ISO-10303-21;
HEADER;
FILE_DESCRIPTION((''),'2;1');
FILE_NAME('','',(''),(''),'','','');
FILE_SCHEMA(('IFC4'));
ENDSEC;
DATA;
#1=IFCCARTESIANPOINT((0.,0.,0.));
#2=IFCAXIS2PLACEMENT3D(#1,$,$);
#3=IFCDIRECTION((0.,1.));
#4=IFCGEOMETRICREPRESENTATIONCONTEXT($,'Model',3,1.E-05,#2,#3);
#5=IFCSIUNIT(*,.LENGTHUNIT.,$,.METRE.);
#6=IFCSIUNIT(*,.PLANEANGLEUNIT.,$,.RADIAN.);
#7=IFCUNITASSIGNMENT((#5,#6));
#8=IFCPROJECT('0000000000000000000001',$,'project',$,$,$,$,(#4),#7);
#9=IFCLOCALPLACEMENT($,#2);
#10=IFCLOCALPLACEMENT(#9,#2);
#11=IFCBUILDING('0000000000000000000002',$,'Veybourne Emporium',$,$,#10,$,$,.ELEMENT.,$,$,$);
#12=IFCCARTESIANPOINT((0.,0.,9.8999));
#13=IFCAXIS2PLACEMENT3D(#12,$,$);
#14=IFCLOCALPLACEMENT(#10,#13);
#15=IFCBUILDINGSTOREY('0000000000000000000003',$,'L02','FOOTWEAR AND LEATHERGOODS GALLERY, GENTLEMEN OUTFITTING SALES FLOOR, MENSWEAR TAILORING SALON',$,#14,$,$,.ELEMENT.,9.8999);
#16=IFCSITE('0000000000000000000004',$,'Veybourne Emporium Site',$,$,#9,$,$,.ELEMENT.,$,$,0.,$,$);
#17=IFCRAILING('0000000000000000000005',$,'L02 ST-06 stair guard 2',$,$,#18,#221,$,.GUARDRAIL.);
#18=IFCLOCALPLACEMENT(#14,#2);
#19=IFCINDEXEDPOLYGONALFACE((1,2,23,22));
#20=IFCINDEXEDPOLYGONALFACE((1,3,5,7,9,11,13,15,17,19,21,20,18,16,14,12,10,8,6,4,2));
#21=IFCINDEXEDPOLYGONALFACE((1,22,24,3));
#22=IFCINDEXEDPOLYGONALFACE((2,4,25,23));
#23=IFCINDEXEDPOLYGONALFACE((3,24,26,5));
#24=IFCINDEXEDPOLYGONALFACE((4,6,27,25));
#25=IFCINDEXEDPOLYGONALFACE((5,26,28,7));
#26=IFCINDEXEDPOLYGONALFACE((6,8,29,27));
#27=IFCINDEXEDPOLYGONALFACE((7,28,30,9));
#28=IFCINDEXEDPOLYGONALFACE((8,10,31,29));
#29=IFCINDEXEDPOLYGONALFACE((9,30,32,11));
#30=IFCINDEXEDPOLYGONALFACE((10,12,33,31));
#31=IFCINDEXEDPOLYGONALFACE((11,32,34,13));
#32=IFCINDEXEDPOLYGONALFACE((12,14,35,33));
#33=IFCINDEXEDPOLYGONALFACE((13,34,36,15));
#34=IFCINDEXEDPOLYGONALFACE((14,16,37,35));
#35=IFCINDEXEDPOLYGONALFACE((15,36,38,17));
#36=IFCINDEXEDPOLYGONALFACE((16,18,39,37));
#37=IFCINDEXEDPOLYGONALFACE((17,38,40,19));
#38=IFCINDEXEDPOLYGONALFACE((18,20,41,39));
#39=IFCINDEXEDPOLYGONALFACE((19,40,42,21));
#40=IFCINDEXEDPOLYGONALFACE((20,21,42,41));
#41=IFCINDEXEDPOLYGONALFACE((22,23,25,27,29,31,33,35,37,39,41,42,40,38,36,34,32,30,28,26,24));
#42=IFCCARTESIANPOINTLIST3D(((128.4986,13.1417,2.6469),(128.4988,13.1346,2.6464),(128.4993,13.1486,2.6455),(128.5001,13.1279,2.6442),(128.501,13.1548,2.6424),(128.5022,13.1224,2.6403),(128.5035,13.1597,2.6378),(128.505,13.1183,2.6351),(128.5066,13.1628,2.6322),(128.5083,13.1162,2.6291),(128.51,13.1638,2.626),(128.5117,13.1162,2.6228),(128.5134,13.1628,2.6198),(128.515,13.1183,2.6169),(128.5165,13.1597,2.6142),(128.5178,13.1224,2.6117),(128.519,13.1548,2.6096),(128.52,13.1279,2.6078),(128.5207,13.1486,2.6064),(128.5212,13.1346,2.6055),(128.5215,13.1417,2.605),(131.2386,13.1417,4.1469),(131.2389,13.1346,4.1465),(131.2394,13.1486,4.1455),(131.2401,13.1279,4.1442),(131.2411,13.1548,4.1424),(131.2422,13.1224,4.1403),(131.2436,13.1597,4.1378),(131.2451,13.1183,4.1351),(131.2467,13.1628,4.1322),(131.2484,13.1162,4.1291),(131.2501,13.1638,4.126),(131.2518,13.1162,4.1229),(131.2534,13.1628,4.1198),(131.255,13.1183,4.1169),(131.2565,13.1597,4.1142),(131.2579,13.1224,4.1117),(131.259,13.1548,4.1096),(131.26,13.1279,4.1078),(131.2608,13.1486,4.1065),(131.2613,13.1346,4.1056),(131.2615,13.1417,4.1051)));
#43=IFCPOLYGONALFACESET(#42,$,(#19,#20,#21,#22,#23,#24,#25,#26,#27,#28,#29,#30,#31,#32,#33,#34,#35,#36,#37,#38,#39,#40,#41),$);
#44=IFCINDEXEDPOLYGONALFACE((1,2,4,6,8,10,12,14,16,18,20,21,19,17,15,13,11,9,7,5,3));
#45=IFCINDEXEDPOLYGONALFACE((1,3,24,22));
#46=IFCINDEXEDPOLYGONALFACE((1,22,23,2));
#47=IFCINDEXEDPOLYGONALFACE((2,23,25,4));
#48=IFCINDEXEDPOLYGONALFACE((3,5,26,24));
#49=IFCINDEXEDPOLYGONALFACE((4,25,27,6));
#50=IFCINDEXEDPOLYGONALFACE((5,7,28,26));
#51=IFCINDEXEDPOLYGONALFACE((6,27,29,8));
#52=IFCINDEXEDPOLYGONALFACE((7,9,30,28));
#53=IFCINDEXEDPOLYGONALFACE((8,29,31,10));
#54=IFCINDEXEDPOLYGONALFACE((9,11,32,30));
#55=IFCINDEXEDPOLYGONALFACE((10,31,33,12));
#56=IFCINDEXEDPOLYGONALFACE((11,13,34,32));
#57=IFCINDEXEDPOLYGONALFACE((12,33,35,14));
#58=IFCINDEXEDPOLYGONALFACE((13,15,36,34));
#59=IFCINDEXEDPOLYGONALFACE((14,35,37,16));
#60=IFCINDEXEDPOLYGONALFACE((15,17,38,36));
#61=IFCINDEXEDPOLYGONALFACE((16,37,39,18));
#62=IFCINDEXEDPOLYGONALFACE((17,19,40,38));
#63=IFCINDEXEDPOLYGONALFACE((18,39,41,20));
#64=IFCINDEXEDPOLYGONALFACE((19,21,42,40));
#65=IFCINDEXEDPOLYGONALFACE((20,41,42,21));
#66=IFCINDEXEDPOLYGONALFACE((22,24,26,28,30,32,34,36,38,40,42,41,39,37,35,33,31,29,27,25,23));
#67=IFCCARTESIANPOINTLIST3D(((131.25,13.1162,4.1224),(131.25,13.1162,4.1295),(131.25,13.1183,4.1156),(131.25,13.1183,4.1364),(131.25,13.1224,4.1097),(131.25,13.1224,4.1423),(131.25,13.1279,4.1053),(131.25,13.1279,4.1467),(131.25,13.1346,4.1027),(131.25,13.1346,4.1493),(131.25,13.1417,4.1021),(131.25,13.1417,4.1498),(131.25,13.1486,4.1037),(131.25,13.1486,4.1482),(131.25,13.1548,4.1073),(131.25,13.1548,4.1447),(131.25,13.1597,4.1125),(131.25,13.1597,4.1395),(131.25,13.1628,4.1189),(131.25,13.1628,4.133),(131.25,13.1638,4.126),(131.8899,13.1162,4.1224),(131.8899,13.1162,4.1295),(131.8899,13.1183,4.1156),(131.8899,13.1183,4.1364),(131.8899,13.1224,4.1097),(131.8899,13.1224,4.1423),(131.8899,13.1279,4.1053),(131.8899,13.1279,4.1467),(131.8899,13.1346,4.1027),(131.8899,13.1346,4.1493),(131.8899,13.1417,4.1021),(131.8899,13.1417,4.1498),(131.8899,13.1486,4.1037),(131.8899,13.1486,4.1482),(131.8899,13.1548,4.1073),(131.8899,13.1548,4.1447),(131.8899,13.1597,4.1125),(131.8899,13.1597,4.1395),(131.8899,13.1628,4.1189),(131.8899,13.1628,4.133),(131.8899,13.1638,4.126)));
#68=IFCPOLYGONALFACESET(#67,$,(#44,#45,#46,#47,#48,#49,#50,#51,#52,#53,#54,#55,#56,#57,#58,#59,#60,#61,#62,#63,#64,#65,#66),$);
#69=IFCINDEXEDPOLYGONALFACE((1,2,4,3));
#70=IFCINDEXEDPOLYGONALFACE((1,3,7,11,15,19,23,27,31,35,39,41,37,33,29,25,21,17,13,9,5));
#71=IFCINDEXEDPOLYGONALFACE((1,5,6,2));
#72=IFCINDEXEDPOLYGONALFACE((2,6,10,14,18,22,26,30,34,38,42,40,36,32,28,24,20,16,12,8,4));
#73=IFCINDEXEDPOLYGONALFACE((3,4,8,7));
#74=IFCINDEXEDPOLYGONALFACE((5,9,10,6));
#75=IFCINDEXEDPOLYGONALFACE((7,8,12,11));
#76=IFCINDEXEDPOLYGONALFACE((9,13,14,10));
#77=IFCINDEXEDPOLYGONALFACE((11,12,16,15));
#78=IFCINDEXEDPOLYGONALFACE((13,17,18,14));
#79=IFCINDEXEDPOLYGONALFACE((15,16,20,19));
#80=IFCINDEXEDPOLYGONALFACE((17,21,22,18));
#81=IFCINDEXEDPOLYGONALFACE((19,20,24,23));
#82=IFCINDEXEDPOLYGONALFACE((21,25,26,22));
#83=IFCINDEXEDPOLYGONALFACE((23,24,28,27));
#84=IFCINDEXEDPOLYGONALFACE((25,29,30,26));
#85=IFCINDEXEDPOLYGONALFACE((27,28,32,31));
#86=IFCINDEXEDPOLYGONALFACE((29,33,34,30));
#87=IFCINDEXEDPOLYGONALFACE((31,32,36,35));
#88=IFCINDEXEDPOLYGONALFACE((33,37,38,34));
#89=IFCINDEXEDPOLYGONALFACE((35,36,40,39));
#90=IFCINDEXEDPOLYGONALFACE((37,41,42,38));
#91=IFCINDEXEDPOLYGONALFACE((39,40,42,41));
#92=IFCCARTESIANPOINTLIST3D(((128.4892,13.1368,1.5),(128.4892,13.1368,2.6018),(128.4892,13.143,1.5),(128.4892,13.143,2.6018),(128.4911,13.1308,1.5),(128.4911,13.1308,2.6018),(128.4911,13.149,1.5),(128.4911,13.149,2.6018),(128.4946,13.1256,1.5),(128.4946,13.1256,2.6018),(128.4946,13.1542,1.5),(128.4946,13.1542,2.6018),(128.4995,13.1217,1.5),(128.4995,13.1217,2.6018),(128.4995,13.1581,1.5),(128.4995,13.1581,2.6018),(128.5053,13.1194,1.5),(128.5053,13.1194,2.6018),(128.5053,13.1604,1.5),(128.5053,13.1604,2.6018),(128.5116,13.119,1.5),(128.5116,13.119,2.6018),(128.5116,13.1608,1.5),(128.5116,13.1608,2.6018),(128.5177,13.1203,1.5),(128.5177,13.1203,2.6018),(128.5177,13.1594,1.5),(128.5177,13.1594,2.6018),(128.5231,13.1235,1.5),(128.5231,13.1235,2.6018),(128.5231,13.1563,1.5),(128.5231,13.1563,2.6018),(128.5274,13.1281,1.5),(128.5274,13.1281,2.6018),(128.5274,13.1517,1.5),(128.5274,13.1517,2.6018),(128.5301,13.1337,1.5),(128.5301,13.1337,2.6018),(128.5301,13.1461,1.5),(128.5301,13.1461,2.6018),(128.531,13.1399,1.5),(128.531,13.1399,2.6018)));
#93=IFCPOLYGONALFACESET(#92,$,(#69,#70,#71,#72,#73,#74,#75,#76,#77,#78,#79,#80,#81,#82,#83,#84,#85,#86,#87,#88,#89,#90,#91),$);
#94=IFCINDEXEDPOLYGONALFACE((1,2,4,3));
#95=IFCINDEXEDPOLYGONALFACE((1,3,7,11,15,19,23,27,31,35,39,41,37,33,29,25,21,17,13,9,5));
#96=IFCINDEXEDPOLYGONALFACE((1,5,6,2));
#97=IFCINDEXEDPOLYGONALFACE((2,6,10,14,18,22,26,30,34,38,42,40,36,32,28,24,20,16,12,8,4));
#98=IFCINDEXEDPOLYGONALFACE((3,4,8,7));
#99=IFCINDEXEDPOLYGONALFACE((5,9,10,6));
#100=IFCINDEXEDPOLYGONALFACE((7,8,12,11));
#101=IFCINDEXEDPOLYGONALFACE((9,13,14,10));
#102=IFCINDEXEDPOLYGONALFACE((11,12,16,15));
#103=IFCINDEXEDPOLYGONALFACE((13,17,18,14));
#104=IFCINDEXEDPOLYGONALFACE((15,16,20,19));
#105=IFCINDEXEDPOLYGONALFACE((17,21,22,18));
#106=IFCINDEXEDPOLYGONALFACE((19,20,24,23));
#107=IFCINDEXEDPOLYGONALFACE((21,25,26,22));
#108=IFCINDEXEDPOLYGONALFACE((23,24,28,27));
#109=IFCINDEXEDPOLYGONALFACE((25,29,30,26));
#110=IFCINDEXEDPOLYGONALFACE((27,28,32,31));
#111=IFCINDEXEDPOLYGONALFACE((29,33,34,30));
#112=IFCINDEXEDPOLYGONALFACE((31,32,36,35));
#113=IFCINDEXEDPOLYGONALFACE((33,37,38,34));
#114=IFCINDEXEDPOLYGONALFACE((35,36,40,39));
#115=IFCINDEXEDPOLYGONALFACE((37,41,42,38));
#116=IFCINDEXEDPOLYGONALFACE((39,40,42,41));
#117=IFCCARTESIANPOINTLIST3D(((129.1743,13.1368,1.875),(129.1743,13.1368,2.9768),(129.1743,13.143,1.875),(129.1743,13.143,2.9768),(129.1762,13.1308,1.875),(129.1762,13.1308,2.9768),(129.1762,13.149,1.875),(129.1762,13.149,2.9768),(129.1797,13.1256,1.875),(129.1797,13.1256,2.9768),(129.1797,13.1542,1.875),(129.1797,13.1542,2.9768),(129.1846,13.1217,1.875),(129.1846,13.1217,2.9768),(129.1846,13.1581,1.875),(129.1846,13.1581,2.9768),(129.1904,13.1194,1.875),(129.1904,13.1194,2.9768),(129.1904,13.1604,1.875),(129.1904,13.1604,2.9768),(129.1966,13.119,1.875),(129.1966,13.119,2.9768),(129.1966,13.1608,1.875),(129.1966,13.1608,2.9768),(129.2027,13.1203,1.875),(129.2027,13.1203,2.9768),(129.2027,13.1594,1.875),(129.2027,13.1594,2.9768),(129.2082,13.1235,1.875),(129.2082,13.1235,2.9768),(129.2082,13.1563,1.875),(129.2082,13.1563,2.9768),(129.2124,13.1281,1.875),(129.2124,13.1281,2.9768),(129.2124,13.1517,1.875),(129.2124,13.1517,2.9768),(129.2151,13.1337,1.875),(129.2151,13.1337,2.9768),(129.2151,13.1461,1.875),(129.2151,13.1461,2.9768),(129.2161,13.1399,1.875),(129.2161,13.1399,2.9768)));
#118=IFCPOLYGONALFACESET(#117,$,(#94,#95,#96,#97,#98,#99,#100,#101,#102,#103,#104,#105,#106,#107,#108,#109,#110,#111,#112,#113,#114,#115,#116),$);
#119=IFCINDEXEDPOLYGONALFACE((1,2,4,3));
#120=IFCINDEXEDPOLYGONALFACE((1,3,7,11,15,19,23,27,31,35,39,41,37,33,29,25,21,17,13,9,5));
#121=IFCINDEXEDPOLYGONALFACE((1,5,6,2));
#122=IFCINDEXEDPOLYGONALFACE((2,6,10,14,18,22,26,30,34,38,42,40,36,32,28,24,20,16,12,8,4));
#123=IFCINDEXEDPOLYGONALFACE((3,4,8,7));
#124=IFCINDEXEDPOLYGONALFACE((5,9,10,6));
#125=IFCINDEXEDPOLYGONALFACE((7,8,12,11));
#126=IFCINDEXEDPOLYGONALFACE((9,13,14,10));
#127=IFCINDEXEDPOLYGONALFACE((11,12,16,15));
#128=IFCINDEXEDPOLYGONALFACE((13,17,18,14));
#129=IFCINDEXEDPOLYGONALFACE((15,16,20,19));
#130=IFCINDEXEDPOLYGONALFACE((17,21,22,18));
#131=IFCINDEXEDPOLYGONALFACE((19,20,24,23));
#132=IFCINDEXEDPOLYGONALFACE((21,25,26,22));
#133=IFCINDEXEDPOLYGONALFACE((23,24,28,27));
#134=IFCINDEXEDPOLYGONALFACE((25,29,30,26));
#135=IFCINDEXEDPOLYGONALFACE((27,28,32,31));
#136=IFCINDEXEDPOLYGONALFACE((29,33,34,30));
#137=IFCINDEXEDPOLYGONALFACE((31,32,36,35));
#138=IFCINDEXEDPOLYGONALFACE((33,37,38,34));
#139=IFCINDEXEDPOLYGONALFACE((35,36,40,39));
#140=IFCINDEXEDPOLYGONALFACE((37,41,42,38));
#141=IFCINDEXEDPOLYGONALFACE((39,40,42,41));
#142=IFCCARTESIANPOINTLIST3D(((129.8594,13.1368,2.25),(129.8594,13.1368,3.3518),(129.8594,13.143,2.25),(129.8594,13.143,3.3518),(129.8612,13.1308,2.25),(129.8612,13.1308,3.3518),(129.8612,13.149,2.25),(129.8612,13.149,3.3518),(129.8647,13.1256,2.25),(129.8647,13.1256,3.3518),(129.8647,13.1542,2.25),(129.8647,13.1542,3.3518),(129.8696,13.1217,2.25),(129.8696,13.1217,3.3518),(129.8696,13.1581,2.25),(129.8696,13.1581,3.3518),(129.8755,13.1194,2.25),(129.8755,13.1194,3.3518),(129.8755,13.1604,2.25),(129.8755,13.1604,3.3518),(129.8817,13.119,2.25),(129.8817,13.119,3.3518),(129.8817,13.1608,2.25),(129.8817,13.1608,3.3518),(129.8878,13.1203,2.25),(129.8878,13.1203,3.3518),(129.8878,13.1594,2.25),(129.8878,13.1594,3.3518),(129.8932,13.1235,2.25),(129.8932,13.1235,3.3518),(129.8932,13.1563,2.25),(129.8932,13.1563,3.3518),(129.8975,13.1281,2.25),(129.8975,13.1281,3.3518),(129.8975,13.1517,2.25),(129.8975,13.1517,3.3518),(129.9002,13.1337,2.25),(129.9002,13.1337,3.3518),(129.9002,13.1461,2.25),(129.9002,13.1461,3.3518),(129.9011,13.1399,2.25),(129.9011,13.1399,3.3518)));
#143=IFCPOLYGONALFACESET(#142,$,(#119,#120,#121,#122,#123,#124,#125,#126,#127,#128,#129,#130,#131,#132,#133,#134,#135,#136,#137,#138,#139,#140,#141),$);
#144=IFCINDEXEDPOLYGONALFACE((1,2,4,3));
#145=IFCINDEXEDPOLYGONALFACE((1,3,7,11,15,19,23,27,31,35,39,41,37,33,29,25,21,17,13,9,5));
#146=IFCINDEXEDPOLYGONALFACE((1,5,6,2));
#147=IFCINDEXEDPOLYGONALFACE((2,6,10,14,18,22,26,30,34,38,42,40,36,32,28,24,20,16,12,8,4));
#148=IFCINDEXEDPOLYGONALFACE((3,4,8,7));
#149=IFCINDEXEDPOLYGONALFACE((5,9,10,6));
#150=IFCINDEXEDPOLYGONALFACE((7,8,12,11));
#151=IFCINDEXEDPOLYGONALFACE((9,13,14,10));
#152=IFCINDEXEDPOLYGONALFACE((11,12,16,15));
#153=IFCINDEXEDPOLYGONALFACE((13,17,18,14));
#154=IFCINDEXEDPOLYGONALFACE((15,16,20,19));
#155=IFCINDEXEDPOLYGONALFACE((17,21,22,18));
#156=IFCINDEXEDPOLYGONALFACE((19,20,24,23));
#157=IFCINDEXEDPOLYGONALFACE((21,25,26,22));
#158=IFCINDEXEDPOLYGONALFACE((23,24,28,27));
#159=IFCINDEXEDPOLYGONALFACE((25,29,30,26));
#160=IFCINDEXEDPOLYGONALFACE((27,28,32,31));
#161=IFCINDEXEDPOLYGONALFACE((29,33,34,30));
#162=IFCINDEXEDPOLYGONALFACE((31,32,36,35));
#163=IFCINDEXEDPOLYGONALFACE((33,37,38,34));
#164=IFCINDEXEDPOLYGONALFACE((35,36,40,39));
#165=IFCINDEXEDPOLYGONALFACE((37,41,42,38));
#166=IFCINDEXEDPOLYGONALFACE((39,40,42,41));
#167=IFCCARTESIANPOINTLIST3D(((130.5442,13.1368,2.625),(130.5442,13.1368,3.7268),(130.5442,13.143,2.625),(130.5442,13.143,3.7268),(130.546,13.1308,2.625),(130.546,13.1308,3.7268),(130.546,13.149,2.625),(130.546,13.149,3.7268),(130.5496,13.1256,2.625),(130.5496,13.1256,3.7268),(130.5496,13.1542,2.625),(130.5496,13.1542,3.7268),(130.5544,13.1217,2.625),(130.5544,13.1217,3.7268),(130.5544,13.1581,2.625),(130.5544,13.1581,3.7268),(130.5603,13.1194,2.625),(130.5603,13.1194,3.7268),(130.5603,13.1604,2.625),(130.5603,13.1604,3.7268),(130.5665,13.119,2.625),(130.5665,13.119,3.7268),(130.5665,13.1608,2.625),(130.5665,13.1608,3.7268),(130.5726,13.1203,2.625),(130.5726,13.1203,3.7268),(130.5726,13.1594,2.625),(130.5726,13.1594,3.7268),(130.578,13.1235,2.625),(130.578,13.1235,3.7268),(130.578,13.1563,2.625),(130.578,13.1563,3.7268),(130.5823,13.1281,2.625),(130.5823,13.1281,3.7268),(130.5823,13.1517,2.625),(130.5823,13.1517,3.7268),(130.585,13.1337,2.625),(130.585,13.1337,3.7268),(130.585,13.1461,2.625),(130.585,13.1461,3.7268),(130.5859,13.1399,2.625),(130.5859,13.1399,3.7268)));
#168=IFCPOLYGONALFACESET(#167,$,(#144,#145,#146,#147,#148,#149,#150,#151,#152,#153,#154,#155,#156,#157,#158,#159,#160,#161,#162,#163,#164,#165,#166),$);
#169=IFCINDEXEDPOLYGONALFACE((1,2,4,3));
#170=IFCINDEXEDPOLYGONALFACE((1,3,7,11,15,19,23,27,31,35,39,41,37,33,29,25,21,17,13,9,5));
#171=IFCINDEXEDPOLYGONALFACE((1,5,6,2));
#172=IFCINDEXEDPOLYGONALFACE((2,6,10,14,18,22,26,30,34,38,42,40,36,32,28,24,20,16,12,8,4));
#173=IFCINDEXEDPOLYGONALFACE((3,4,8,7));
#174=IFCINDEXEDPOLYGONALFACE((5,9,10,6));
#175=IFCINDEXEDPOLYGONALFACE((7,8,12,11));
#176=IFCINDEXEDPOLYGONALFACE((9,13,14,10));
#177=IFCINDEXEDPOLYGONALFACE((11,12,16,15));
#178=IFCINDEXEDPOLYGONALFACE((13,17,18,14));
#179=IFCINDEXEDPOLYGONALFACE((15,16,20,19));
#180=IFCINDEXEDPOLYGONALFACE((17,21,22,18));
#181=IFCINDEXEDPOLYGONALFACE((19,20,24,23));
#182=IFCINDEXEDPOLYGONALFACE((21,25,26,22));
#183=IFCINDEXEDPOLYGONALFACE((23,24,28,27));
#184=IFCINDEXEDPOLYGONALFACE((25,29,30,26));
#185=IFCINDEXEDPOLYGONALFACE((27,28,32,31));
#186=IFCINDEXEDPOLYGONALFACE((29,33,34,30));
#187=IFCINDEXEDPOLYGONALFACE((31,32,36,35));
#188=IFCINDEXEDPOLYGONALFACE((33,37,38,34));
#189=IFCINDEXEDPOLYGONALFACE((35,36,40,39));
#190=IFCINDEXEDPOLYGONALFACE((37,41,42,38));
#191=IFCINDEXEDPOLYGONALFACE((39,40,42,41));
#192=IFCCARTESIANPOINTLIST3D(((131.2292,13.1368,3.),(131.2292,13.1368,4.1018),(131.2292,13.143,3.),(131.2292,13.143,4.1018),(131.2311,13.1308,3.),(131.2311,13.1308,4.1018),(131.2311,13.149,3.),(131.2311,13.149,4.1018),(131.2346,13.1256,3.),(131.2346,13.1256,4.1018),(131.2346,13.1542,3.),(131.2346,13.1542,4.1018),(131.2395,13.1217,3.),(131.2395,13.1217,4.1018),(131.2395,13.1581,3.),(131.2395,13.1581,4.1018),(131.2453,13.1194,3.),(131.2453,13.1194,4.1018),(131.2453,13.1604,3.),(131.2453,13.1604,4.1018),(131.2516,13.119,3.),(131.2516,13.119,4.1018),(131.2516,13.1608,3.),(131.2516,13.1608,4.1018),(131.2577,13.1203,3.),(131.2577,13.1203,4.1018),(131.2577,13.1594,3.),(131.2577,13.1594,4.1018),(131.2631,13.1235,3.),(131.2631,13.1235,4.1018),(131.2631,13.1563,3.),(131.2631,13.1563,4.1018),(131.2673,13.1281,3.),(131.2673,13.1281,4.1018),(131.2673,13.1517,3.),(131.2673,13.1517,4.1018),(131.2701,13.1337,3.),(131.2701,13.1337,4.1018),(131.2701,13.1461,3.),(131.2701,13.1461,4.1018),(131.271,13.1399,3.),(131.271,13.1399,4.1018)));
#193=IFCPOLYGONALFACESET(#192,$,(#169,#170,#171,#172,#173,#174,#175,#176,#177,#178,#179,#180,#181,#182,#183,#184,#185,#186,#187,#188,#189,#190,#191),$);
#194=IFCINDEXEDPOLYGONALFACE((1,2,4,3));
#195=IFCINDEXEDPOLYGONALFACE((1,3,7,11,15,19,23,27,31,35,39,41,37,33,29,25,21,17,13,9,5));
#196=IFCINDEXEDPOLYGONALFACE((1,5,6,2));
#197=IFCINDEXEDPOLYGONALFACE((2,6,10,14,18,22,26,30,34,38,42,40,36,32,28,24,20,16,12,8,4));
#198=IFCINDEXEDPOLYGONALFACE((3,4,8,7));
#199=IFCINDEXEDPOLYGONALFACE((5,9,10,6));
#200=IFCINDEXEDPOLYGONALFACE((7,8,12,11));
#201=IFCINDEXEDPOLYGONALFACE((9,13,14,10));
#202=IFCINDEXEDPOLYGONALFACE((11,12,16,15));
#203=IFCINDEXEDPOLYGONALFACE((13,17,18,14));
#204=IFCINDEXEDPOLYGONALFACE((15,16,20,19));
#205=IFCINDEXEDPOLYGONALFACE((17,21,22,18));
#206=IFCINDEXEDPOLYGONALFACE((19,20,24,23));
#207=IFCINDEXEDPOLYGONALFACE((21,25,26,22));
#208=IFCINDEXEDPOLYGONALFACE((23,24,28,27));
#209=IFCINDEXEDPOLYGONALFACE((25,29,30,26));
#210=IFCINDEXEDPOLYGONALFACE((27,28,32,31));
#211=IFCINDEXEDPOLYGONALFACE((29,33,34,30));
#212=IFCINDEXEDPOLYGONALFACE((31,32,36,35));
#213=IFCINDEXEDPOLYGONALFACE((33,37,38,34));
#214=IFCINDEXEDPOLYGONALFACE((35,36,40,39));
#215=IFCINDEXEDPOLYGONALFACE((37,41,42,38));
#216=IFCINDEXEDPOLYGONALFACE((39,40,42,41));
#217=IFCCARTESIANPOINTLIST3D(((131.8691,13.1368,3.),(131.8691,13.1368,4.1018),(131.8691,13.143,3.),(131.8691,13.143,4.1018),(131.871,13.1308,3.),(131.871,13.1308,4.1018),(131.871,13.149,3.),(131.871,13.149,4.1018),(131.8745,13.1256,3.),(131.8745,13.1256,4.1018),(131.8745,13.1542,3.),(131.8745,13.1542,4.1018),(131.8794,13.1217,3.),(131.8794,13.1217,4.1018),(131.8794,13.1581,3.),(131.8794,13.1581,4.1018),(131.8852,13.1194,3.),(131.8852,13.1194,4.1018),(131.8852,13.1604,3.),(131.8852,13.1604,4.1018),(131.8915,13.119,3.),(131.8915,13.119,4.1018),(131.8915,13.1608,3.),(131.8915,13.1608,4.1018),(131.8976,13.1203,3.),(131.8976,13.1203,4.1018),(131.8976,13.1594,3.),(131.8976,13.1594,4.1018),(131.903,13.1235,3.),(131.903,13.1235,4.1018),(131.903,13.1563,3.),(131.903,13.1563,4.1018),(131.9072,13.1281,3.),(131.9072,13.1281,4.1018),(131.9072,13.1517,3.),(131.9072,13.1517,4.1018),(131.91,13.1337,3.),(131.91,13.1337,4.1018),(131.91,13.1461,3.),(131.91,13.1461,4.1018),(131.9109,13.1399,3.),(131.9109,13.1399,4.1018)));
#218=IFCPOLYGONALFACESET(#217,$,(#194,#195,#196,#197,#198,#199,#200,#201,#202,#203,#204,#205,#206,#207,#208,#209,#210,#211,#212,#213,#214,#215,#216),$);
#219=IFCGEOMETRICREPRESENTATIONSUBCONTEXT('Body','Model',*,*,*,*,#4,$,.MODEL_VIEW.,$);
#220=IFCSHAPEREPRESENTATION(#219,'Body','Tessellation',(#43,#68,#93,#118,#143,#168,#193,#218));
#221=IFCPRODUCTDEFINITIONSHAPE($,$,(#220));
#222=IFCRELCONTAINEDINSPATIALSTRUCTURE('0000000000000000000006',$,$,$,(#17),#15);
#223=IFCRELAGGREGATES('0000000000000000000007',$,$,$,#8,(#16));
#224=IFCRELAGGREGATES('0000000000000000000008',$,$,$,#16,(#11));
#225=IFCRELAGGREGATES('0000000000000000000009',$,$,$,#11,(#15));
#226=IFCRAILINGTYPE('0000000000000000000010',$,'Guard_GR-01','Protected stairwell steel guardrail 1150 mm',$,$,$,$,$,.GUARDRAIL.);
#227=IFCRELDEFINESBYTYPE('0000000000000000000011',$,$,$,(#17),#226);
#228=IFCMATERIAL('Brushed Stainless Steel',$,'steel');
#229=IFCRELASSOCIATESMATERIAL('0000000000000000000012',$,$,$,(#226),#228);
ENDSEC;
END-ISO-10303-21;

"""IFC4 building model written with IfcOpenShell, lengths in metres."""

from ifc_helpers import new_model, si_unit, direction, frame, origin, origin_2d, place, context, subcontext, project, spatial, circle, extrude, material, type_object, element, save


model = new_model("IFC4")

# Units and contexts
model_context = context("Model", 3, precision=1e-05, world=origin(), true_north=direction((0.0, 1.0)))
body_context = subcontext(model_context, "Body", "Model", "MODEL_VIEW")
ifc_project = project(units=[si_unit("LENGTHUNIT", "METRE"), si_unit("PLANEANGLEUNIT", "RADIAN")], contexts=[model_context])

# Site, building, storey
site_placement = place(None, origin())
site = spatial("IfcSite", under=ifc_project, at=site_placement, Name="Veybourne Emporium Site", CompositionType="ELEMENT", RefElevation=0.0)
building_placement = place(site_placement, origin())
building = spatial("IfcBuilding", under=site, at=building_placement, Name="Veybourne Emporium", CompositionType="ELEMENT")
storey_placement = place(building_placement, frame((0.0, 0.0, 9.8999)))
storey = spatial("IfcBuildingStorey", under=building, at=storey_placement, Name="L02", Description="FOOTWEAR AND LEATHERGOODS GALLERY, GENTLEMEN OUTFITTING SALES FLOOR, MENSWEAR TAILORING SALON", CompositionType="ELEMENT", Elevation=9.8999)

# Railing
ifc_material_1 = material(Name="Brushed Stainless Steel", Category="steel")
railing_type_1 = type_object("IfcRailingType", Name="Guard_GR-01", Description="Protected stairwell steel guardrail 1150 mm", PredefinedType="GUARDRAIL", material=ifc_material_1)
railing_1_placement = place(storey_placement, frame((128.51, 13.1399, 1.5)))
element("IfcRailing", 1, at=railing_1_placement, inside=storey, type_object=railing_type_1, Name="L02 ST-06 stair guard 2", PredefinedType="GUARDRAIL", context=body_context, shape_type="SweptSolid", body=[
    extrude(circle(Radius=0.0239, at=origin_2d()), frame((0.0, 0.0, 1.126), z_axis=(0.87716, 0.0, 0.480199), x_axis=(0.0, 1.0, 0.0)), (0.0, 0.0, 1.0), 3.1238),
    extrude(circle(Radius=0.0239, at=origin_2d()), frame((2.74, 0.0, 2.626), z_axis=(1.0, 0.0, 0.0), x_axis=(0.0, 1.0, 0.0)), (0.0, 0.0, 1.0), 0.6399),
    extrude(circle(Radius=0.021, at=origin_2d()), origin(), (0.0, 0.0, 1.0), 1.1018),
    extrude(circle(Radius=0.021, at=origin_2d()), frame((0.6851, 0.0, 0.375)), (0.0, 0.0, 1.0), 1.1018),
    extrude(circle(Radius=0.021, at=origin_2d()), frame((1.3701, 0.0, 0.75)), (0.0, 0.0, 1.0), 1.1018),
    extrude(circle(Radius=0.021, at=origin_2d()), frame((2.0549, 0.0, 1.125)), (0.0, 0.0, 1.0), 1.1018),
    extrude(circle(Radius=0.021, at=origin_2d()), frame((2.74, 0.0, 1.5)), (0.0, 0.0, 1.0), 1.1018),
    extrude(circle(Radius=0.021, at=origin_2d()), frame((3.3799, 0.0, 1.5)), (0.0, 0.0, 1.0), 1.1018),
])

save(model, "model.ifc")
